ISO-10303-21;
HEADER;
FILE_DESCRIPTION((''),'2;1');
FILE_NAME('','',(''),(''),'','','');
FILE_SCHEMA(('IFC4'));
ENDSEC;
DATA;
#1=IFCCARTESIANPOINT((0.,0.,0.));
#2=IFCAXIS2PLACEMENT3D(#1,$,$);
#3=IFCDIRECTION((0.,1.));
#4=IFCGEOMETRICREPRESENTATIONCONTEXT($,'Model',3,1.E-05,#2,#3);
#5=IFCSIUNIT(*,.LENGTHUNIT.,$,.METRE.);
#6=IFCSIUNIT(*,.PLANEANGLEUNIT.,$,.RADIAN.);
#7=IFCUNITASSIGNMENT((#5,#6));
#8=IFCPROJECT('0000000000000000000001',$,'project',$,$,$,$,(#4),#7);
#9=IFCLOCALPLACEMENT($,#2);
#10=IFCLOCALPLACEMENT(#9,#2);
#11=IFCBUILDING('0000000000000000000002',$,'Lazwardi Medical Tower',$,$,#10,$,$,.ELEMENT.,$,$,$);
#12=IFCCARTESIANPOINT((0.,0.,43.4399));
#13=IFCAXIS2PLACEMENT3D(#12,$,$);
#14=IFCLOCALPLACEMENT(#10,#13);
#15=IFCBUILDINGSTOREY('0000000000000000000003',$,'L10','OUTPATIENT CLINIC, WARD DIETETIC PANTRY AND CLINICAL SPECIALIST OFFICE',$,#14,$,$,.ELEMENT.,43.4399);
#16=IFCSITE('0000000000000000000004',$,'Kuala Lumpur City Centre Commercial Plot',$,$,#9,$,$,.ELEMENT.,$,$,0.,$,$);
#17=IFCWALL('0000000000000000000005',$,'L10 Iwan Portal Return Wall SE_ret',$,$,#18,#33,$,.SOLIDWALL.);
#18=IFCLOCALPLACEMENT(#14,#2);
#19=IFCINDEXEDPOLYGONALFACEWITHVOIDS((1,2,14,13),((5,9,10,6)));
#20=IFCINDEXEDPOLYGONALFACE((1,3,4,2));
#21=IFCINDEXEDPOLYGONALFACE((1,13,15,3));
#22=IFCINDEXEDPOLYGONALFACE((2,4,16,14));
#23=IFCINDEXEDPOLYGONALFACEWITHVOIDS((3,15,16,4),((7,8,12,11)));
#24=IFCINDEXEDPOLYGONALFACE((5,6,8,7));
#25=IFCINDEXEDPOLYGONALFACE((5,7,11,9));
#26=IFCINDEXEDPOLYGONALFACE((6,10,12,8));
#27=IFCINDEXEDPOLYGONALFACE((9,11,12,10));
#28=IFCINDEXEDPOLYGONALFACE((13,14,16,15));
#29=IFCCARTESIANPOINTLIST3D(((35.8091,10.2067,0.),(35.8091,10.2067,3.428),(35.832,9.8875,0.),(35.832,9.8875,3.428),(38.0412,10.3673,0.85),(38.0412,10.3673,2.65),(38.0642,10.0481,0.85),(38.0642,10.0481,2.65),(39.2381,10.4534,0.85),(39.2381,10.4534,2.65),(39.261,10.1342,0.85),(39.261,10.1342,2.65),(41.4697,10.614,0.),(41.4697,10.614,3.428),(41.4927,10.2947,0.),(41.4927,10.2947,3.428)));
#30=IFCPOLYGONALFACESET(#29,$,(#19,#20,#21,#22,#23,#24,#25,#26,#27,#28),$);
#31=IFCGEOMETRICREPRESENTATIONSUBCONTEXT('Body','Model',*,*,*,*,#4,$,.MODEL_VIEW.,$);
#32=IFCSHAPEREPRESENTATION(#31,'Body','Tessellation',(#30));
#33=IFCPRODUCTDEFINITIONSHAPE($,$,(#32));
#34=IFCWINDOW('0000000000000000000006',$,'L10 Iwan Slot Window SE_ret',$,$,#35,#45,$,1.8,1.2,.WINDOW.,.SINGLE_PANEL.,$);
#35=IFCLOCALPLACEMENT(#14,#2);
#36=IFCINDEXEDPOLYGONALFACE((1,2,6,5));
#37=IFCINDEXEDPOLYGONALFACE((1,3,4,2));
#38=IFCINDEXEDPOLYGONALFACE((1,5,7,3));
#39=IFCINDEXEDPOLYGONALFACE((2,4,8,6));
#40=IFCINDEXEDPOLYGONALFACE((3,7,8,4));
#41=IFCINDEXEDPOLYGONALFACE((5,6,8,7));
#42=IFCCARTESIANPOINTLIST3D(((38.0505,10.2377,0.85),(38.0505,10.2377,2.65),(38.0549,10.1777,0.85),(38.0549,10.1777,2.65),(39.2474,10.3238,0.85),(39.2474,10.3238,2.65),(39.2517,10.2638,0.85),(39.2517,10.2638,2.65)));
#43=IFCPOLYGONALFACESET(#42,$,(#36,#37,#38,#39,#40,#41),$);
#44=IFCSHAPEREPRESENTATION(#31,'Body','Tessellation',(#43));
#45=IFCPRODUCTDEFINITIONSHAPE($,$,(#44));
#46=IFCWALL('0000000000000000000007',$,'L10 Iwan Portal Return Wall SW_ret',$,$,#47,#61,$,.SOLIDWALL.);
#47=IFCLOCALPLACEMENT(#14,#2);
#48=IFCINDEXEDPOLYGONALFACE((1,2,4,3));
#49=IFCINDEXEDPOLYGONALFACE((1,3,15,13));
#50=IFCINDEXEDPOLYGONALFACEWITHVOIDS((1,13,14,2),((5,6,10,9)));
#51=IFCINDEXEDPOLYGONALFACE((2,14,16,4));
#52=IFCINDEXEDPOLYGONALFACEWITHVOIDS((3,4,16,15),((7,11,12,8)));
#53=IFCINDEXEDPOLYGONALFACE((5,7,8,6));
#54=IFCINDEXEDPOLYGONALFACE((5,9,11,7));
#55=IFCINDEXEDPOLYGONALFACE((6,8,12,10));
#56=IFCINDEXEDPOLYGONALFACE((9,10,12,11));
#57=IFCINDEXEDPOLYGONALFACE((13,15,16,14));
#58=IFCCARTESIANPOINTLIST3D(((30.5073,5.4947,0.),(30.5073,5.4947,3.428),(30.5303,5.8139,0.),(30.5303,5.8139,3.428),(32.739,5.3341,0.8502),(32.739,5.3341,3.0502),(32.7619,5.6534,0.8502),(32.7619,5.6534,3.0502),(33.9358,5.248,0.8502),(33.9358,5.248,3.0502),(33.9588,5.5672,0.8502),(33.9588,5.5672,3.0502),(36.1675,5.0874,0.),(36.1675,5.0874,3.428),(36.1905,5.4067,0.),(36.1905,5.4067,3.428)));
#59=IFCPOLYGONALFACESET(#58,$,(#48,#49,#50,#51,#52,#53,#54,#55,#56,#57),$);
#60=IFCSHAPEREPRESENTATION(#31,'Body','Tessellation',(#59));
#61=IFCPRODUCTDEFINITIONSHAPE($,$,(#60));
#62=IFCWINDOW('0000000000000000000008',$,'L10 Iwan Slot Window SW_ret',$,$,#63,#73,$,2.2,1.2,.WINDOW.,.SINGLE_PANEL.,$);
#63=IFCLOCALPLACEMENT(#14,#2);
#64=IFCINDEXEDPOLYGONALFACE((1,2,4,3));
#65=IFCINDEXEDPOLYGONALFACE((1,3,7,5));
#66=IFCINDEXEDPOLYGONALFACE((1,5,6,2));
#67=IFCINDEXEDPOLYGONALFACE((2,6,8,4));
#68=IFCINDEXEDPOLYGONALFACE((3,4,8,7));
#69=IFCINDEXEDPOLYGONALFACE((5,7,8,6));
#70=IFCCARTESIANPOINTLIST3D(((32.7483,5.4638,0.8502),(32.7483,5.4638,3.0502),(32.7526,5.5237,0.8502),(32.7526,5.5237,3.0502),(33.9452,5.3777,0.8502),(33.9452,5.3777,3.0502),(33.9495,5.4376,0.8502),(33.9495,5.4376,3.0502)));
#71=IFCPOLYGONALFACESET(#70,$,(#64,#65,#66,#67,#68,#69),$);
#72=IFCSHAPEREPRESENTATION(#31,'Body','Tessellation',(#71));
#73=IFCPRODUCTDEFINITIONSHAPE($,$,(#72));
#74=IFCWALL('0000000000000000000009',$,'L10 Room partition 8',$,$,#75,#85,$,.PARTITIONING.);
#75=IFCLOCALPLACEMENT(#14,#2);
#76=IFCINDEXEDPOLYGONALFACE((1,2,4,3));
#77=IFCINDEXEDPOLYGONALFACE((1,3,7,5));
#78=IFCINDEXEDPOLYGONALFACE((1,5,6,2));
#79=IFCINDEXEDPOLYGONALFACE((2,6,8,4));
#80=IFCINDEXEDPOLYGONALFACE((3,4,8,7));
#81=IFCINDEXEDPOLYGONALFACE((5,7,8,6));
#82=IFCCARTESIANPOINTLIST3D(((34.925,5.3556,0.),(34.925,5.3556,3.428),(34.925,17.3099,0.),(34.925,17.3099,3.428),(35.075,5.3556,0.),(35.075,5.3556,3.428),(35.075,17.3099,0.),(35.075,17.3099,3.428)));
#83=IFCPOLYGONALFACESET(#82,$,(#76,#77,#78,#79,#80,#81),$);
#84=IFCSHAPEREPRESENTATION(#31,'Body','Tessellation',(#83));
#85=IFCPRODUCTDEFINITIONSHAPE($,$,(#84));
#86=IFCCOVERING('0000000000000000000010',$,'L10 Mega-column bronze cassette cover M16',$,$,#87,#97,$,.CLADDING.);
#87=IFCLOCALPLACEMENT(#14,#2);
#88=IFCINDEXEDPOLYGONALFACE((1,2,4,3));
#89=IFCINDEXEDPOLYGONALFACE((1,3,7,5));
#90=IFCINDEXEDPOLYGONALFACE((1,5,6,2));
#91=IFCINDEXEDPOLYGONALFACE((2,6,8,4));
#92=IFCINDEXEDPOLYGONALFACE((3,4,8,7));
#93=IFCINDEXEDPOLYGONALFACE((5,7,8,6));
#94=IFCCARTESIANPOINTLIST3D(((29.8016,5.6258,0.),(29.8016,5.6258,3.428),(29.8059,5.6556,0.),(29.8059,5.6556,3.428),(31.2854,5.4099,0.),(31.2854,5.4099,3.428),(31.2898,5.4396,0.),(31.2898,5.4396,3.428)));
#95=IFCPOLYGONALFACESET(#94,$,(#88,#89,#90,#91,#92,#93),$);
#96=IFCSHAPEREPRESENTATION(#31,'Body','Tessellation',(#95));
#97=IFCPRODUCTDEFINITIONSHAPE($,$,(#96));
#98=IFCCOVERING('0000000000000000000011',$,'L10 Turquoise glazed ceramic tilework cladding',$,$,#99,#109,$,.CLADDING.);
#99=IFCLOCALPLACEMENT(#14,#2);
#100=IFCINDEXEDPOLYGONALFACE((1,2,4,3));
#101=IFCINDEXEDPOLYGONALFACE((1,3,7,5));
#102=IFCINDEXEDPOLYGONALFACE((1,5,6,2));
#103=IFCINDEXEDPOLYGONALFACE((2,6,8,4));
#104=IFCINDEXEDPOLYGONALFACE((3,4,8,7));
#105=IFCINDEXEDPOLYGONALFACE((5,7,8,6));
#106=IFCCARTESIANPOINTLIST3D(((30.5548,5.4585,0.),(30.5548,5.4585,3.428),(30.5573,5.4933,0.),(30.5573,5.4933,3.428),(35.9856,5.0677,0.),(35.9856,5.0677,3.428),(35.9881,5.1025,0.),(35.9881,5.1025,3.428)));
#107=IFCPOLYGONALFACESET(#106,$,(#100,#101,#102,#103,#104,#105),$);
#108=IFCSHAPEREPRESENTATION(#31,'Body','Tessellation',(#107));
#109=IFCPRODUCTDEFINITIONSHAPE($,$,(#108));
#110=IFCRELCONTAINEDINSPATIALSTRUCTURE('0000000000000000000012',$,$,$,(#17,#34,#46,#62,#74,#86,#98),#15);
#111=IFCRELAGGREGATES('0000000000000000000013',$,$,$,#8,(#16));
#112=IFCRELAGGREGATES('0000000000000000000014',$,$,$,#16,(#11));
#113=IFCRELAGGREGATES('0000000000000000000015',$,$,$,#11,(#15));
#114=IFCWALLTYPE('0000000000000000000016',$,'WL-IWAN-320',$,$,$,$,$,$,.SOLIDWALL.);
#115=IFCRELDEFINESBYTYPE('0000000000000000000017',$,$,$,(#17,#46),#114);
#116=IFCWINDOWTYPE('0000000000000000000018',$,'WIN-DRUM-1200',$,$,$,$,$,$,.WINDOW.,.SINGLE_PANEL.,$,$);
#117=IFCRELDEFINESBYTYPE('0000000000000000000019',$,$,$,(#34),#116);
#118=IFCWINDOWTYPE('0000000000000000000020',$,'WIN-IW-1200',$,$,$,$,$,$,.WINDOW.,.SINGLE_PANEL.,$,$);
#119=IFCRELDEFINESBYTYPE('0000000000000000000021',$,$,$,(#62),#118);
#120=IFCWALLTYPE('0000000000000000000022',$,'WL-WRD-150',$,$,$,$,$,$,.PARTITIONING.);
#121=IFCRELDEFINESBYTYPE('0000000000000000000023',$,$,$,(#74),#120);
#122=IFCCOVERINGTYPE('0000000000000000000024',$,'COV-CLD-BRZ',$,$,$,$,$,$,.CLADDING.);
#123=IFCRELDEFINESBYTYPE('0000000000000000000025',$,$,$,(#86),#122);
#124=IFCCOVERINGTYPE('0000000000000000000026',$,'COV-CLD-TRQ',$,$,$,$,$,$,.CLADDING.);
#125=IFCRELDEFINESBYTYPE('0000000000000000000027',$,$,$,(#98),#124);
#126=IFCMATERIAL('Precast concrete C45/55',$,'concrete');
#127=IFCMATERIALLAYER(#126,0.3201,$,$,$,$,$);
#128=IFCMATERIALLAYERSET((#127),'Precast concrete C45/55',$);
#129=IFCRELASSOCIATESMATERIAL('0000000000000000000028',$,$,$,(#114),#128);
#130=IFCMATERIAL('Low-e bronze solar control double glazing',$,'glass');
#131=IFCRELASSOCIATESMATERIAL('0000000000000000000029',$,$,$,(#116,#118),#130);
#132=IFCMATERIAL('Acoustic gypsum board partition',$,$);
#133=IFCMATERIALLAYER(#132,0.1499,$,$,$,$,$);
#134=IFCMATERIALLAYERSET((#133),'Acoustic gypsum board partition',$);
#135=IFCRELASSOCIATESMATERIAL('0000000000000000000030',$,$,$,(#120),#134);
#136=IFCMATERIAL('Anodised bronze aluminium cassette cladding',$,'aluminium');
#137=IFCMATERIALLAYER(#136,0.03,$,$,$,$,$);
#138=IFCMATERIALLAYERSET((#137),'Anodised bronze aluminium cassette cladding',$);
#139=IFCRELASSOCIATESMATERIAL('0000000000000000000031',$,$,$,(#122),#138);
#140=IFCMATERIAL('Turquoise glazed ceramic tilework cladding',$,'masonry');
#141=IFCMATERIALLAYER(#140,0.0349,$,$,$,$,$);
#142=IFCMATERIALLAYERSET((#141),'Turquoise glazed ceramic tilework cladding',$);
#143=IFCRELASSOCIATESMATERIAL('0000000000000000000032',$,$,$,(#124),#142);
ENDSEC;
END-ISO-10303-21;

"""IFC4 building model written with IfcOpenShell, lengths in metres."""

from ifc_helpers import new_model, si_unit, direction, frame, frame_2d, origin, origin_2d, place, context, subcontext, project, spatial, rectangle, extrude, material, layer, layer_set, type_object, element, fill, save


model = new_model("IFC4")

# Units and contexts
model_context = context("Model", 3, precision=1e-05, world=origin(), true_north=direction((0.0, 1.0)))
body_context = subcontext(model_context, "Body", "Model", "MODEL_VIEW")
ifc_project = project(units=[si_unit("LENGTHUNIT", "METRE"), si_unit("PLANEANGLEUNIT", "RADIAN")], contexts=[model_context])

# Site, building, storey
site_placement = place(None, origin())
site = spatial("IfcSite", under=ifc_project, at=site_placement, Name="Kuala Lumpur City Centre Commercial Plot", CompositionType="ELEMENT", RefElevation=0.0)
building_placement = place(site_placement, origin())
building = spatial("IfcBuilding", under=site, at=building_placement, Name="Lazwardi Medical Tower", CompositionType="ELEMENT")
storey_placement = place(building_placement, frame((0.0, 0.0, 43.4399)))
storey = spatial("IfcBuildingStorey", under=building, at=storey_placement, Name="L10", Description="OUTPATIENT CLINIC, WARD DIETETIC PANTRY AND CLINICAL SPECIALIST OFFICE", CompositionType="ELEMENT", Elevation=43.4399)

# Shared definitions
ifc_material_1 = material(Name="Low-e bronze solar control double glazing", Category="glass")

# Walls, openings, windows
ifc_material_2 = material(Name="Precast concrete C45/55", Category="concrete")
ifc_layer_1 = layer(ifc_material_2, 0.3201)
ifc_layer_set_1 = layer_set([ifc_layer_1], Name="Precast concrete C45/55")
wall_type_1 = type_object("IfcWallType", Name="WL-IWAN-320", PredefinedType="SOLIDWALL", material=ifc_layer_set_1)
wall_1_placement = place(storey_placement, frame((35.8206, 10.0471, 0.0), z_axis=(0.0, 0.0, 1.0), x_axis=(0.997422, 0.071755, 0.0)))
wall_1 = element("IfcWall", 1, at=wall_1_placement, inside=storey, type_object=wall_type_1, Name="L10 Iwan Portal Return Wall SE_ret", PredefinedType="SOLIDWALL", context=body_context, shape_type="SweptSolid", body=[
    extrude(rectangle(XDim=5.6753, YDim=0.3201, at=frame_2d((2.8376, 0.0))), origin(), (0.0, 0.0, 1.0), 3.428),
])
opening_1_placement = place(wall_1_placement, frame((2.2378, 0.0, 0.8501)))
opening_1 = element("IfcOpeningElement", 2, at=opening_1_placement, cuts=wall_1, PredefinedType="OPENING", context=body_context, shape_type="SweptSolid", body=[
    extrude(rectangle(XDim=1.2, YDim=1.8, at=frame_2d((0.6001, 0.8999))), frame((0.0, 0.1699, 0.0), z_axis=(0.0, -1.0, 0.0), x_axis=(1.0, 0.0, 0.0)), (0.0, 0.0, 1.0), 0.3401),
])
window_type_1 = type_object("IfcWindowType", Name="WIN-DRUM-1200", PartitioningType="SINGLE_PANEL", PredefinedType="WINDOW", material=ifc_material_1)
window_1_placement = place(opening_1_placement, origin())
window_1 = element("IfcWindow", 3, at=window_1_placement, inside=storey, type_object=window_type_1, Name="L10 Iwan Slot Window SE_ret", OverallHeight=1.8, OverallWidth=1.2, PartitioningType="SINGLE_PANEL", PredefinedType="WINDOW", context=body_context, shape_type="SweptSolid", body=[
    extrude(rectangle(XDim=1.2, YDim=1.8, at=frame_2d((0.6001, 0.8999))), frame((0.0, 0.03, 0.0), z_axis=(0.0, -1.0, 0.0), x_axis=(1.0, 0.0, 0.0)), (0.0, 0.0, 1.0), 0.0601),
])
fill(opening_1, window_1)
wall_2_placement = place(storey_placement, frame((30.5188, 5.6543, 0.0), z_axis=(0.0, 0.0, 1.0), x_axis=(0.997422, -0.071761, 0.0)))
wall_2 = element("IfcWall", 4, at=wall_2_placement, inside=storey, type_object=wall_type_1, Name="L10 Iwan Portal Return Wall SW_ret", PredefinedType="SOLIDWALL", context=body_context, shape_type="SweptSolid", body=[
    extrude(rectangle(XDim=5.6748, YDim=0.3201, at=frame_2d((2.8374, 0.0))), origin(), (0.0, 0.0, 1.0), 3.428),
])
opening_2_placement = place(wall_2_placement, frame((2.2373, 0.0, 0.8501)))
opening_2 = element("IfcOpeningElement", 5, at=opening_2_placement, cuts=wall_2, PredefinedType="OPENING", context=body_context, shape_type="SweptSolid", body=[
    extrude(rectangle(XDim=1.2, YDim=2.2, at=frame_2d((0.6001, 1.1001))), frame((0.0, 0.1699, 0.0), z_axis=(0.0, -1.0, 0.0), x_axis=(1.0, 0.0, 0.0)), (0.0, 0.0, 1.0), 0.3401),
])
window_type_2 = type_object("IfcWindowType", Name="WIN-IW-1200", PartitioningType="SINGLE_PANEL", PredefinedType="WINDOW", material=ifc_material_1)
window_2_placement = place(opening_2_placement, origin())
window_2 = element("IfcWindow", 6, at=window_2_placement, inside=storey, type_object=window_type_2, Name="L10 Iwan Slot Window SW_ret", OverallHeight=2.2, OverallWidth=1.2, PartitioningType="SINGLE_PANEL", PredefinedType="WINDOW", context=body_context, shape_type="SweptSolid", body=[
    extrude(rectangle(XDim=1.2, YDim=2.2, at=frame_2d((0.6001, 1.1001))), frame((0.0, 0.03, 0.0), z_axis=(0.0, -1.0, 0.0), x_axis=(1.0, 0.0, 0.0)), (0.0, 0.0, 1.0), 0.0601),
])
fill(opening_2, window_2)

# Wall
ifc_material_3 = material(Name="Acoustic gypsum board partition")
ifc_layer_2 = layer(ifc_material_3, 0.1499)
ifc_layer_set_2 = layer_set([ifc_layer_2], Name="Acoustic gypsum board partition")
wall_type_2 = type_object("IfcWallType", Name="WL-WRD-150", PredefinedType="PARTITIONING", material=ifc_layer_set_2)
wall_3_placement = place(storey_placement, frame((35.0, 5.3557, 0.0), z_axis=(0.0, 0.0, 1.0), x_axis=(0.0, 1.0, 0.0)))
element("IfcWall", 7, at=wall_3_placement, inside=storey, type_object=wall_type_2, Name="L10 Room partition 8", PredefinedType="PARTITIONING", context=body_context, shape_type="SweptSolid", body=[
    extrude(rectangle(XDim=11.9543, YDim=0.1499, at=frame_2d((5.9771, 0.0))), origin(), (0.0, 0.0, 1.0), 3.428),
])

# Coverings
ifc_material_4 = material(Name="Anodised bronze aluminium cassette cladding", Category="aluminium")
ifc_layer_3 = layer(ifc_material_4, 0.03)
ifc_layer_set_3 = layer_set([ifc_layer_3], Name="Anodised bronze aluminium cassette cladding")
covering_type_1 = type_object("IfcCoveringType", Name="COV-CLD-BRZ", PredefinedType="CLADDING", material=ifc_layer_set_3)
covering_1_placement = place(storey_placement, frame((30.5457, 5.5327, 0.0), z_axis=(0.0, 0.0, 1.0), x_axis=(0.989573, -0.144035, 0.0)))
element("IfcCovering", 8, at=covering_1_placement, inside=storey, type_object=covering_type_1, Name="L10 Mega-column bronze cassette cover M16", PredefinedType="CLADDING", context=body_context, shape_type="SweptSolid", body=[
    extrude(rectangle(XDim=1.4995, YDim=0.03, at=origin_2d()), origin(), (0.0, 0.0, 1.0), 3.428),
])
ifc_material_5 = material(Name="Turquoise glazed ceramic tilework cladding", Category="masonry")
ifc_layer_4 = layer(ifc_material_5, 0.0349)
ifc_layer_set_4 = layer_set([ifc_layer_4], Name="Turquoise glazed ceramic tilework cladding")
covering_type_2 = type_object("IfcCoveringType", Name="COV-CLD-TRQ", PredefinedType="CLADDING", material=ifc_layer_set_4)
covering_2_placement = place(storey_placement, frame((33.2715, 5.2805, 0.0), z_axis=(0.0, 0.0, 1.0), x_axis=(0.997421, -0.071774, 0.0)))
element("IfcCovering", 9, at=covering_2_placement, inside=storey, type_object=covering_type_2, Name="L10 Turquoise glazed ceramic tilework cladding", PredefinedType="CLADDING", context=body_context, shape_type="SweptSolid", body=[
    extrude(rectangle(XDim=5.4448, YDim=0.0349, at=origin_2d()), origin(), (0.0, 0.0, 1.0), 3.428),
])

save(model, "model.ifc")
